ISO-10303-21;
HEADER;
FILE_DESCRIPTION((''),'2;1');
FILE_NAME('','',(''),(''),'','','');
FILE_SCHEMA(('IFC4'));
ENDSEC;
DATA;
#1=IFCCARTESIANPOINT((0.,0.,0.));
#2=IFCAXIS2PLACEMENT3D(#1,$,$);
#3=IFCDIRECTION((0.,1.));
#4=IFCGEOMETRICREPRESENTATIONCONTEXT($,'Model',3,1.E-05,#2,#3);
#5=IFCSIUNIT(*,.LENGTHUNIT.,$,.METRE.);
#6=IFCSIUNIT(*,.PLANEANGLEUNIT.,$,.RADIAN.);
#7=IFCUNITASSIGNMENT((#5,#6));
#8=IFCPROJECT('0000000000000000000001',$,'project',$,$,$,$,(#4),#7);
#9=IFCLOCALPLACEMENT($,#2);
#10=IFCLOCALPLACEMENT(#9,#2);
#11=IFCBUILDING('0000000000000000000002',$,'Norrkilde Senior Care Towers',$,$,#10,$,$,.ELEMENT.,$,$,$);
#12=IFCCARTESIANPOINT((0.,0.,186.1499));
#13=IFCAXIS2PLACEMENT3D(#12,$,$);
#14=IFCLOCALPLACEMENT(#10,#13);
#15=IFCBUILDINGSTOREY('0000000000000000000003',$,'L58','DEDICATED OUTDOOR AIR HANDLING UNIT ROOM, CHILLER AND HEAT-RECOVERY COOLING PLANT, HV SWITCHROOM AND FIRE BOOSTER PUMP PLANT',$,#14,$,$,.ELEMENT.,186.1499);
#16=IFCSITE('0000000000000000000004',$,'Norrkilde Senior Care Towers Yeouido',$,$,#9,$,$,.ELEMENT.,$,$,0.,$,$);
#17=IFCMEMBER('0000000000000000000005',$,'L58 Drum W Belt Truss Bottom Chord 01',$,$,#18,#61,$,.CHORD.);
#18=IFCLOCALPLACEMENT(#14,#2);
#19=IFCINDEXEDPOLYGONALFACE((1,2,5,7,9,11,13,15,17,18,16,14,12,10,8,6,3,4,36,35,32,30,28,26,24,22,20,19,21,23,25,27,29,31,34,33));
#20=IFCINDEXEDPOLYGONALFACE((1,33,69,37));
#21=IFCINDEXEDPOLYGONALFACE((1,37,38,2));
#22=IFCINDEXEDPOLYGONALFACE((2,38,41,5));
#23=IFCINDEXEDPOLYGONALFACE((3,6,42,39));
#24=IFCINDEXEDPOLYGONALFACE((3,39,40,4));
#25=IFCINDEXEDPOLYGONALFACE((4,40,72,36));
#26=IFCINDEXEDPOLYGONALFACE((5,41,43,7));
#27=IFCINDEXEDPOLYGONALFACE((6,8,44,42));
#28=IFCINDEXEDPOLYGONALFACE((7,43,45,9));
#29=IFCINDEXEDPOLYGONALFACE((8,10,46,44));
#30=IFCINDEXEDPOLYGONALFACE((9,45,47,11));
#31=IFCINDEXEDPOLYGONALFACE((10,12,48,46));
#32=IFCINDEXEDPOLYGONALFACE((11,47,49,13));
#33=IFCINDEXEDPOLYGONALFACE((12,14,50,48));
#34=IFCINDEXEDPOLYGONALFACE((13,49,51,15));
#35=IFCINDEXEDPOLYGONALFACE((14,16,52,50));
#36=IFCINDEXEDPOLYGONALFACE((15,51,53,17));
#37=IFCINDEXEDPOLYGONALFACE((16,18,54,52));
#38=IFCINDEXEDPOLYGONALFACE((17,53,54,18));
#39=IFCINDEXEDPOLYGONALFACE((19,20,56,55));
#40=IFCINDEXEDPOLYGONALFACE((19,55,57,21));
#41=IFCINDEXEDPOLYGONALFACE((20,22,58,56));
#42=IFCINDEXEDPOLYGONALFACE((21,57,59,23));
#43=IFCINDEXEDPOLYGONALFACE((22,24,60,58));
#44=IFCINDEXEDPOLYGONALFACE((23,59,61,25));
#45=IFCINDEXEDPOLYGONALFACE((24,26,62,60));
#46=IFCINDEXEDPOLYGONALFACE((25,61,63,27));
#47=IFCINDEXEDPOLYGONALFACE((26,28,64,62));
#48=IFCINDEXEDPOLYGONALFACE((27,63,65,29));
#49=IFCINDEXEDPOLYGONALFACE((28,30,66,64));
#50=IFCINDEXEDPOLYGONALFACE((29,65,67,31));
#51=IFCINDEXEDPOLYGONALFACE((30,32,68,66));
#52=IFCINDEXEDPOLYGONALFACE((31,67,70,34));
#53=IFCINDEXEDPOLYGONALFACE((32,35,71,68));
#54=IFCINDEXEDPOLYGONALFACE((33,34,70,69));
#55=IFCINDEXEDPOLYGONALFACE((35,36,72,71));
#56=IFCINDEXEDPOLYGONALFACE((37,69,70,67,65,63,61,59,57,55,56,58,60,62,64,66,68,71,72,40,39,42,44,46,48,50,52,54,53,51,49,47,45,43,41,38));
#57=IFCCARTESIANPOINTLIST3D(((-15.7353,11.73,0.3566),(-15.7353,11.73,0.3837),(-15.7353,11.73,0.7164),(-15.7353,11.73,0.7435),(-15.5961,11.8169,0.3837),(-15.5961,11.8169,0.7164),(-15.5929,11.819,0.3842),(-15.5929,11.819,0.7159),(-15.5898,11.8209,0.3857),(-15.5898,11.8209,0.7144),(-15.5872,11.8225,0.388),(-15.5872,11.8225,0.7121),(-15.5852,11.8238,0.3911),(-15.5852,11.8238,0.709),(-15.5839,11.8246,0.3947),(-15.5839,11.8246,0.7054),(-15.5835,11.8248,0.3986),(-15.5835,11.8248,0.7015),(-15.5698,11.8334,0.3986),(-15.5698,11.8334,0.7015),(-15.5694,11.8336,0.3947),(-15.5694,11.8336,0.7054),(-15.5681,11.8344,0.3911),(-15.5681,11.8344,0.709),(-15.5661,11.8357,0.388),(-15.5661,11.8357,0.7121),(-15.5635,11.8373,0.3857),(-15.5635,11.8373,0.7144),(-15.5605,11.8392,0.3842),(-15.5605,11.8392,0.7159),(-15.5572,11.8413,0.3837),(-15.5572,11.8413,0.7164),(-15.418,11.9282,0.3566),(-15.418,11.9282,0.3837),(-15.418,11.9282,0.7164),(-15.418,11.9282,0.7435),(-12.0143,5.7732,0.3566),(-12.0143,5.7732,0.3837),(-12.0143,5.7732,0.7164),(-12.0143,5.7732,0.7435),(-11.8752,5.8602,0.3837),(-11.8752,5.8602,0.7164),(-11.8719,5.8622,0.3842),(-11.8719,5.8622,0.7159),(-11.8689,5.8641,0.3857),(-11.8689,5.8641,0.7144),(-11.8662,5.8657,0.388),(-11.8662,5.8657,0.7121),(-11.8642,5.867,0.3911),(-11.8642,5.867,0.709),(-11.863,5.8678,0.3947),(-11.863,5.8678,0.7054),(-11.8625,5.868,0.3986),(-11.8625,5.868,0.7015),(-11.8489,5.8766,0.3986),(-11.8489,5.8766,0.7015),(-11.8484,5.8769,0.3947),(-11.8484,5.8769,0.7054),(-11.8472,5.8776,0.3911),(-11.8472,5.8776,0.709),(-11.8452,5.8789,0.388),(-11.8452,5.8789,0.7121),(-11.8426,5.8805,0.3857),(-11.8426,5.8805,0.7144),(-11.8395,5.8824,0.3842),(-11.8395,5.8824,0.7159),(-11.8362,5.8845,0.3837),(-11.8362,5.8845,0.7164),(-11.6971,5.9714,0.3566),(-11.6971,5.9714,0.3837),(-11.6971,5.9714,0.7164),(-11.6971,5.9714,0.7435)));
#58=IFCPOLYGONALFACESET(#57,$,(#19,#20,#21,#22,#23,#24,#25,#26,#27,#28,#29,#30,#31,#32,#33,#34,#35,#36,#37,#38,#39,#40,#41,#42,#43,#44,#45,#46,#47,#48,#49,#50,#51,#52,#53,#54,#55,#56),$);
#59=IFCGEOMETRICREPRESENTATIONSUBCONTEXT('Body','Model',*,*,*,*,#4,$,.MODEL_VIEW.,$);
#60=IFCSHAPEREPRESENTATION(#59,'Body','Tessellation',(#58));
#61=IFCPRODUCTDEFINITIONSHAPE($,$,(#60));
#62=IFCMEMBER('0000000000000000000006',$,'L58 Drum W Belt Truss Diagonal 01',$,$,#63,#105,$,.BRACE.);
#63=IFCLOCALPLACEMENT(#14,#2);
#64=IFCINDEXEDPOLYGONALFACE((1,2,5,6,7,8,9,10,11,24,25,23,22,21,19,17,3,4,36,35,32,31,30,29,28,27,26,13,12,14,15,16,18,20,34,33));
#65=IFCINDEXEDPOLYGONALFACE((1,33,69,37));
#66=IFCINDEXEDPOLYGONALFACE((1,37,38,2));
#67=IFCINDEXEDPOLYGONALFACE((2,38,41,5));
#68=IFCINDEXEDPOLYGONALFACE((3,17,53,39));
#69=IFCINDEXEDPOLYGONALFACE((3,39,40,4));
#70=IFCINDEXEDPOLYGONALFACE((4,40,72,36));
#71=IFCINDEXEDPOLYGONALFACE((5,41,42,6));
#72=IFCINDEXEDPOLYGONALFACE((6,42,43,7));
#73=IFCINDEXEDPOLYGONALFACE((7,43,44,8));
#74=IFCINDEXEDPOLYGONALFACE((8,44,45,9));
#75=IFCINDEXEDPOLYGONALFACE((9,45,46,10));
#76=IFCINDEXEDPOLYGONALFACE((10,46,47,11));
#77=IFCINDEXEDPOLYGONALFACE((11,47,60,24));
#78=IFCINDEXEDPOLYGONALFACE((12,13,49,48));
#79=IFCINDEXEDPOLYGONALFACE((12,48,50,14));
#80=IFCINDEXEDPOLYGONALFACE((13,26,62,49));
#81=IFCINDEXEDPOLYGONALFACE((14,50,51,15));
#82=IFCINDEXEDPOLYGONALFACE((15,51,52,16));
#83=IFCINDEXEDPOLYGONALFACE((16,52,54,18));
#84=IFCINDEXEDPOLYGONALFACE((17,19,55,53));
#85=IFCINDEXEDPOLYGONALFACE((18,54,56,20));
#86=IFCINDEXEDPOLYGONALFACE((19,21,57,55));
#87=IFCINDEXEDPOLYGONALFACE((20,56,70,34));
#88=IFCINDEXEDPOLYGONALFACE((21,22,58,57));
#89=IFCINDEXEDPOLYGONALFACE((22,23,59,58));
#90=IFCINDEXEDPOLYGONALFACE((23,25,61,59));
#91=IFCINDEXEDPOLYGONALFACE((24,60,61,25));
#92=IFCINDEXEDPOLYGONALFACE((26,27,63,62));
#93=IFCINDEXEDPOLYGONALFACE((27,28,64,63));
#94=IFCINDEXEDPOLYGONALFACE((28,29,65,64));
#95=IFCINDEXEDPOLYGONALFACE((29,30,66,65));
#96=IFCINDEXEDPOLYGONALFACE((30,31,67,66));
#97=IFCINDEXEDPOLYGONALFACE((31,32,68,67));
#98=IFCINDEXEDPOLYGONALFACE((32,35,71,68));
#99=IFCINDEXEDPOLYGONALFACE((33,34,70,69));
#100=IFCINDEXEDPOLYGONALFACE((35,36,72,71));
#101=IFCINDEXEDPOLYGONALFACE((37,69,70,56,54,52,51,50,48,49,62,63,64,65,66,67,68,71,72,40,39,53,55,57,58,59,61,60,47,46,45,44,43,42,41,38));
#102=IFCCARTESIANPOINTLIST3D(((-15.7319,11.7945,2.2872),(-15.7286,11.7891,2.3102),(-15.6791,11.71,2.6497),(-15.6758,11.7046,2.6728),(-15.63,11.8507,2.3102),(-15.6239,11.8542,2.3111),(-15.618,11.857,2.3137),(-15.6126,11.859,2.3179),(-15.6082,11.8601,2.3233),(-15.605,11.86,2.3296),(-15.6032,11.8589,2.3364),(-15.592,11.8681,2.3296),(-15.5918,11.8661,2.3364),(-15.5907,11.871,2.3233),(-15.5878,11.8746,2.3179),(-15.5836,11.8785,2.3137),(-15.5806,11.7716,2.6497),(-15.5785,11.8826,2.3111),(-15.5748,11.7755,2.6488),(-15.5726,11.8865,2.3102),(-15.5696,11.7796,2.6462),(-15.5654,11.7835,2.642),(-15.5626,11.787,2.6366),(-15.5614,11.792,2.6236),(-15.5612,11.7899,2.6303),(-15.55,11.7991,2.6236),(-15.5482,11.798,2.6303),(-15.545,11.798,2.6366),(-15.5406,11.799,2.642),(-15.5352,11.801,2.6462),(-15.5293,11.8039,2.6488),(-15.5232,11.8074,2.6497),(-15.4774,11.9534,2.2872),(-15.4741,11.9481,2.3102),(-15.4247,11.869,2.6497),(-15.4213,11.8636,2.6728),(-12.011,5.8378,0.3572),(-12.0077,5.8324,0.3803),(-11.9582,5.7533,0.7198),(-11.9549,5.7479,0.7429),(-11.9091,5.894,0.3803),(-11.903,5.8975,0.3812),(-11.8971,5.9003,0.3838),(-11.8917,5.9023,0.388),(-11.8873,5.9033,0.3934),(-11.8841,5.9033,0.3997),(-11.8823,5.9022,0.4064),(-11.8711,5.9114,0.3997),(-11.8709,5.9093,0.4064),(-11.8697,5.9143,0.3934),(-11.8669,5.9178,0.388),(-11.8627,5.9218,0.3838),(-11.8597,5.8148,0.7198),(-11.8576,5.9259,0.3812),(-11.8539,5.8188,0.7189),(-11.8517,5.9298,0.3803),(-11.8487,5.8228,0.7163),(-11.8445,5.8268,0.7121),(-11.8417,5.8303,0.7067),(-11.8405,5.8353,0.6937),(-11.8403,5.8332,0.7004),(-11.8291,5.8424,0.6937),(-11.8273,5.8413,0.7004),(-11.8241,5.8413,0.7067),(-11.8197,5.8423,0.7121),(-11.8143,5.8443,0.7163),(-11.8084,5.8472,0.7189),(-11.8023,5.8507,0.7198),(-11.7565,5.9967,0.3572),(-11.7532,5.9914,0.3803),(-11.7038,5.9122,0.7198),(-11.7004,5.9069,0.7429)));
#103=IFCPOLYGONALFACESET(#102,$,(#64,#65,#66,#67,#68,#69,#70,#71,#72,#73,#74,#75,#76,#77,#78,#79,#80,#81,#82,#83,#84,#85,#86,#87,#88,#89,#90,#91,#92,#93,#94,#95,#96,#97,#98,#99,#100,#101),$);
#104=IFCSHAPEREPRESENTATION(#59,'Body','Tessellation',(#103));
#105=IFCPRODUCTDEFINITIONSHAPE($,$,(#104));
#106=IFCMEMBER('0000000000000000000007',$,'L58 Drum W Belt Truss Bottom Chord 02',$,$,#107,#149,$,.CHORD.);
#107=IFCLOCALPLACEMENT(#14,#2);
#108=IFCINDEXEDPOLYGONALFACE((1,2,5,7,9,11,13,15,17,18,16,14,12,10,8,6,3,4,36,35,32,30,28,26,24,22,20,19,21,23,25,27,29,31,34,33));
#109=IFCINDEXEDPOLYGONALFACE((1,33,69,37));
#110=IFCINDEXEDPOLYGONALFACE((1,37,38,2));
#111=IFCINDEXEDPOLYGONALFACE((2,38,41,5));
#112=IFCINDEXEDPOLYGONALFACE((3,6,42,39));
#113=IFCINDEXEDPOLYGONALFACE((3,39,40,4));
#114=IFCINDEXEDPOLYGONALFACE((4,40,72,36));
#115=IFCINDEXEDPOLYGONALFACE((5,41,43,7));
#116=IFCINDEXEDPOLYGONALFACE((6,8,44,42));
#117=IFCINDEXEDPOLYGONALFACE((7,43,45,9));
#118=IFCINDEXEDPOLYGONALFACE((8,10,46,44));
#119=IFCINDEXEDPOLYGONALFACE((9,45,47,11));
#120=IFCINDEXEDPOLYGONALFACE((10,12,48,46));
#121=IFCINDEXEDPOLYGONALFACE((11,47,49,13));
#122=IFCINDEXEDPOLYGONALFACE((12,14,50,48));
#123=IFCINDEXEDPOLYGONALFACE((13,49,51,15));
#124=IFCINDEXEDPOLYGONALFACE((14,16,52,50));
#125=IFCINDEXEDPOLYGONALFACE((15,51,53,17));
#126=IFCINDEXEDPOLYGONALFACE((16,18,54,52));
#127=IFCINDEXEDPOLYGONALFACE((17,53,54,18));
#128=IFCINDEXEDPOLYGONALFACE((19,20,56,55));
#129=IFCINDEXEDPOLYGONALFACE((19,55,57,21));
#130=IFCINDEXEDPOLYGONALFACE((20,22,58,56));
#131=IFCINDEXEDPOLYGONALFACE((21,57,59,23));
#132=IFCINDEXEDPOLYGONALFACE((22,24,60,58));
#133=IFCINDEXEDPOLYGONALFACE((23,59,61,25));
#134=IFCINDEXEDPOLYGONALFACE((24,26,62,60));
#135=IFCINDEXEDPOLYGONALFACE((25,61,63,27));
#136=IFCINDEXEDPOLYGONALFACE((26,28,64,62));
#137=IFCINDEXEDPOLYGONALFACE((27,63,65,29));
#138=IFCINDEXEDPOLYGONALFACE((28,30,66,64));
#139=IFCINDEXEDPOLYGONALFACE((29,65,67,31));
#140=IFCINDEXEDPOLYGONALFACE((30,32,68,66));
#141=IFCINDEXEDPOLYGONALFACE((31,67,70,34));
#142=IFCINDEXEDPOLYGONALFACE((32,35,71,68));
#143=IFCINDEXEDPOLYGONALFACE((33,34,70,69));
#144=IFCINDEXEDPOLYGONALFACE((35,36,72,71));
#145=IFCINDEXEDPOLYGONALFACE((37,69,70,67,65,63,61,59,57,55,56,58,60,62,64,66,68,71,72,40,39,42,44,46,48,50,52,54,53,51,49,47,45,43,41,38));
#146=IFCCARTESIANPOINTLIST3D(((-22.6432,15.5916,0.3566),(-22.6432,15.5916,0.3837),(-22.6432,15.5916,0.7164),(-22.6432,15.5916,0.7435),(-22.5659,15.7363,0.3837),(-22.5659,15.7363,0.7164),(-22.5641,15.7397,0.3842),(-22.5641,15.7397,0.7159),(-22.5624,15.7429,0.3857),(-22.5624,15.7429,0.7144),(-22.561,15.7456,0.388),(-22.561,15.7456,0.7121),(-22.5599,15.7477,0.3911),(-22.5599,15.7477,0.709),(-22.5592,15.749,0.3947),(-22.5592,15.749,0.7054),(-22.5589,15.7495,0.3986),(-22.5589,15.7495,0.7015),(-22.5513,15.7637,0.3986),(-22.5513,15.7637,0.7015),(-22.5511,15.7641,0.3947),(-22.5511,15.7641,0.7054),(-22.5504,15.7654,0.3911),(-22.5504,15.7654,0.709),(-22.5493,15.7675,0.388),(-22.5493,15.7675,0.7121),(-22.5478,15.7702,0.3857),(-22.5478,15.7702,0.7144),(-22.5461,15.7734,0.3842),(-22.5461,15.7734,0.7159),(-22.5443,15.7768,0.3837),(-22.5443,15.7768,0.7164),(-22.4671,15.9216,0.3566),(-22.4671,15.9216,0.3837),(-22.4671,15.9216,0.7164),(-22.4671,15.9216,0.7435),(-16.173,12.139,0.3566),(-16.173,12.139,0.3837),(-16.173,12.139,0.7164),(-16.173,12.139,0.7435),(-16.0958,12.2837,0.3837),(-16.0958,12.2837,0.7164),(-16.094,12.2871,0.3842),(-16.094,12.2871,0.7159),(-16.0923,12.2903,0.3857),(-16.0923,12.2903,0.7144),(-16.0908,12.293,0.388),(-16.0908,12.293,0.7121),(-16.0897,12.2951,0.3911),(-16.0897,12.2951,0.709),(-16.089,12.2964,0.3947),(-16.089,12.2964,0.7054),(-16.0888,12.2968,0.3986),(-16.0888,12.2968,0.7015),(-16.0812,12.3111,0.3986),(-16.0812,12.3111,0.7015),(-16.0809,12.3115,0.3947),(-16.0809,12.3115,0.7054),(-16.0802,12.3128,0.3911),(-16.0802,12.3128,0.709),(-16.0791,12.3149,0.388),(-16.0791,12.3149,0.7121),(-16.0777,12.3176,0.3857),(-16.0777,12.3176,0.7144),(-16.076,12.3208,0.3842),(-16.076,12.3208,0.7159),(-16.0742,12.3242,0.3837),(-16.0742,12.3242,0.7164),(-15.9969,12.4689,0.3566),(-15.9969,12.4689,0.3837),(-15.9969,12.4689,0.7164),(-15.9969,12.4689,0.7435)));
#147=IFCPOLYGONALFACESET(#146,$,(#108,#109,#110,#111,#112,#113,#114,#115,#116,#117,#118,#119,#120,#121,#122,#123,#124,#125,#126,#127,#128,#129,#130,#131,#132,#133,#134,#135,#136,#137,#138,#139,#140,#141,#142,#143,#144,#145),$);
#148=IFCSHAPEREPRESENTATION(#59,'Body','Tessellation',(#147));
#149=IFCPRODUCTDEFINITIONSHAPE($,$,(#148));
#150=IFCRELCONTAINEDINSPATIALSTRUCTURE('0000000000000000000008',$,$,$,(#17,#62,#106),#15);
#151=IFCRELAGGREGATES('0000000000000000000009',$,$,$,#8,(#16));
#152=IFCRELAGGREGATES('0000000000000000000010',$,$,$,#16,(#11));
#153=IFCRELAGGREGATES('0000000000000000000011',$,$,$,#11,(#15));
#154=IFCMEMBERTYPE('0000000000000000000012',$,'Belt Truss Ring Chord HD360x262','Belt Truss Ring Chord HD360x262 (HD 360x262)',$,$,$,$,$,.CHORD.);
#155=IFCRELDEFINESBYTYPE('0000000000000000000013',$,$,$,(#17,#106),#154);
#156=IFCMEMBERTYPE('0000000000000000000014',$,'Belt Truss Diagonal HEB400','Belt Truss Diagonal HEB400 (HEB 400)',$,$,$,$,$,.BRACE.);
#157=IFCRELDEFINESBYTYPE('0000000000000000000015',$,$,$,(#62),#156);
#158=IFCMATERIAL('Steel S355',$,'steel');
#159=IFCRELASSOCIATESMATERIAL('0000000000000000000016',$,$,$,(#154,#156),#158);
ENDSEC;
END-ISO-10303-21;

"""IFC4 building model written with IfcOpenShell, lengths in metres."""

from ifc_helpers import new_model, si_unit, direction, frame, origin, origin_2d, place, context, subcontext, project, spatial, i_section, extrude, source, transform, mapped, material, material_profile, profile_set, type_object, type_shapes, element, save


model = new_model("IFC4")

# Units and contexts
model_context = context("Model", 3, precision=1e-05, world=origin(), true_north=direction((0.0, 1.0)))
body_context = subcontext(model_context, "Body", "Model", "MODEL_VIEW")
ifc_project = project(units=[si_unit("LENGTHUNIT", "METRE"), si_unit("PLANEANGLEUNIT", "RADIAN")], contexts=[model_context])

# Site, building, storey
site_placement = place(None, origin())
site = spatial("IfcSite", under=ifc_project, at=site_placement, Name="Norrkilde Senior Care Towers Yeouido", CompositionType="ELEMENT", RefElevation=0.0)
building_placement = place(site_placement, origin())
building = spatial("IfcBuilding", under=site, at=building_placement, Name="Norrkilde Senior Care Towers", CompositionType="ELEMENT")
storey_placement = place(building_placement, frame((0.0, 0.0, 186.1499)))
storey = spatial("IfcBuildingStorey", under=building, at=storey_placement, Name="L58", Description="DEDICATED OUTDOOR AIR HANDLING UNIT ROOM, CHILLER AND HEAT-RECOVERY COOLING PLANT, HV SWITCHROOM AND FIRE BOOSTER PUMP PLANT", CompositionType="ELEMENT", Elevation=186.1499)

# Members
ifc_material_1 = material(Name="Steel S355", Category="steel")
ifc_material_profile_1 = material_profile(ifc_material_1, i_section(OverallWidth=0.374, OverallDepth=0.387, WebThickness=0.0161, FlangeThickness=0.0271, FilletRadius=0.0149, at=origin_2d()), Name="HD 360x262")
ifc_profile_set_1 = profile_set([ifc_material_profile_1], Name="Steel S355")
member_type_1 = type_object("IfcMemberType", Name="Belt Truss Ring Chord HD360x262", Description="Belt Truss Ring Chord HD360x262 (HD 360x262)", PredefinedType="CHORD", material=ifc_profile_set_1)
shared_shape_1 = source(origin(), body_context, "Body", "SweptSolid", [
    extrude(i_section(OverallWidth=0.374, OverallDepth=0.387, WebThickness=0.0161, FlangeThickness=0.0271, FilletRadius=0.0149, at=origin_2d()), origin(), (0.0, 0.0, 1.0), 7.0234),
])
member_1_placement = place(storey_placement, frame((-11.8557, 5.8723, 0.55), z_axis=(-0.52979, 0.848129, 0.0), x_axis=(-0.848129, -0.52979, 0.0)))
element("IfcMember", 1, at=member_1_placement, inside=storey, type_object=member_type_1, Name="L58 Drum W Belt Truss Bottom Chord 01", PredefinedType="CHORD", context=body_context, shape_type="MappedRepresentation", body=[
    mapped(shared_shape_1, transform((0.0, 0.0, 0.0), x_axis=(1.0, 0.0, 0.0), y_axis=(0.0, 1.0, 0.0), z_axis=(0.0, 0.0, 1.0), scale=1.0)),
])
ifc_material_profile_2 = material_profile(ifc_material_1, i_section(OverallWidth=0.3, OverallDepth=0.3999, WebThickness=0.0134, FlangeThickness=0.0239, FilletRadius=0.0271, at=origin_2d()), Name="HEB 400")
ifc_profile_set_2 = profile_set([ifc_material_profile_2], Name="Steel S355")
member_type_2 = type_object("IfcMemberType", Name="Belt Truss Diagonal HEB400", Description="Belt Truss Diagonal HEB400 (HEB 400)", PredefinedType="BRACE", material=ifc_profile_set_2)
shared_shape_2 = source(origin(), body_context, "Body", "SweptSolid", [
    extrude(i_section(OverallWidth=0.3, OverallDepth=0.3999, WebThickness=0.0134, FlangeThickness=0.0239, FilletRadius=0.0271, at=origin_2d()), origin(), (0.0, 0.0, 1.0), 7.2837),
])
member_2_placement = place(storey_placement, frame((-11.8557, 5.8723, 0.55), z_axis=(-0.510854, 0.817816, 0.264963), x_axis=(-0.848129, -0.52979, 0.0)))
element("IfcMember", 2, at=member_2_placement, inside=storey, type_object=member_type_2, Name="L58 Drum W Belt Truss Diagonal 01", PredefinedType="BRACE", context=body_context, shape_type="MappedRepresentation", body=[
    mapped(shared_shape_2, transform((0.0, 0.0, 0.0), x_axis=(1.0, 0.0, 0.0), y_axis=(0.0, 1.0, 0.0), z_axis=(0.0, 0.0, 1.0), scale=1.0)),
])
shared_shape_3 = source(origin(), body_context, "Body", "SweptSolid", [
    extrude(i_section(OverallWidth=0.374, OverallDepth=0.387, WebThickness=0.0161, FlangeThickness=0.0271, FilletRadius=0.0149, at=origin_2d()), origin(), (0.0, 0.0, 1.0), 7.3337),
])
type_shapes(member_type_1, [shared_shape_1, shared_shape_3])
member_3_placement = place(storey_placement, frame((-16.085, 12.304, 0.55), z_axis=(-0.882248, 0.470785, 0.0), x_axis=(-0.470785, -0.882248, 0.0)))
element("IfcMember", 3, at=member_3_placement, inside=storey, type_object=member_type_1, Name="L58 Drum W Belt Truss Bottom Chord 02", PredefinedType="CHORD", context=body_context, shape_type="MappedRepresentation", body=[
    mapped(shared_shape_3, transform((0.0, 0.0, 0.0), x_axis=(1.0, 0.0, 0.0), y_axis=(0.0, 1.0, 0.0), z_axis=(0.0, 0.0, 1.0), scale=1.0)),
])

save(model, "model.ifc")
